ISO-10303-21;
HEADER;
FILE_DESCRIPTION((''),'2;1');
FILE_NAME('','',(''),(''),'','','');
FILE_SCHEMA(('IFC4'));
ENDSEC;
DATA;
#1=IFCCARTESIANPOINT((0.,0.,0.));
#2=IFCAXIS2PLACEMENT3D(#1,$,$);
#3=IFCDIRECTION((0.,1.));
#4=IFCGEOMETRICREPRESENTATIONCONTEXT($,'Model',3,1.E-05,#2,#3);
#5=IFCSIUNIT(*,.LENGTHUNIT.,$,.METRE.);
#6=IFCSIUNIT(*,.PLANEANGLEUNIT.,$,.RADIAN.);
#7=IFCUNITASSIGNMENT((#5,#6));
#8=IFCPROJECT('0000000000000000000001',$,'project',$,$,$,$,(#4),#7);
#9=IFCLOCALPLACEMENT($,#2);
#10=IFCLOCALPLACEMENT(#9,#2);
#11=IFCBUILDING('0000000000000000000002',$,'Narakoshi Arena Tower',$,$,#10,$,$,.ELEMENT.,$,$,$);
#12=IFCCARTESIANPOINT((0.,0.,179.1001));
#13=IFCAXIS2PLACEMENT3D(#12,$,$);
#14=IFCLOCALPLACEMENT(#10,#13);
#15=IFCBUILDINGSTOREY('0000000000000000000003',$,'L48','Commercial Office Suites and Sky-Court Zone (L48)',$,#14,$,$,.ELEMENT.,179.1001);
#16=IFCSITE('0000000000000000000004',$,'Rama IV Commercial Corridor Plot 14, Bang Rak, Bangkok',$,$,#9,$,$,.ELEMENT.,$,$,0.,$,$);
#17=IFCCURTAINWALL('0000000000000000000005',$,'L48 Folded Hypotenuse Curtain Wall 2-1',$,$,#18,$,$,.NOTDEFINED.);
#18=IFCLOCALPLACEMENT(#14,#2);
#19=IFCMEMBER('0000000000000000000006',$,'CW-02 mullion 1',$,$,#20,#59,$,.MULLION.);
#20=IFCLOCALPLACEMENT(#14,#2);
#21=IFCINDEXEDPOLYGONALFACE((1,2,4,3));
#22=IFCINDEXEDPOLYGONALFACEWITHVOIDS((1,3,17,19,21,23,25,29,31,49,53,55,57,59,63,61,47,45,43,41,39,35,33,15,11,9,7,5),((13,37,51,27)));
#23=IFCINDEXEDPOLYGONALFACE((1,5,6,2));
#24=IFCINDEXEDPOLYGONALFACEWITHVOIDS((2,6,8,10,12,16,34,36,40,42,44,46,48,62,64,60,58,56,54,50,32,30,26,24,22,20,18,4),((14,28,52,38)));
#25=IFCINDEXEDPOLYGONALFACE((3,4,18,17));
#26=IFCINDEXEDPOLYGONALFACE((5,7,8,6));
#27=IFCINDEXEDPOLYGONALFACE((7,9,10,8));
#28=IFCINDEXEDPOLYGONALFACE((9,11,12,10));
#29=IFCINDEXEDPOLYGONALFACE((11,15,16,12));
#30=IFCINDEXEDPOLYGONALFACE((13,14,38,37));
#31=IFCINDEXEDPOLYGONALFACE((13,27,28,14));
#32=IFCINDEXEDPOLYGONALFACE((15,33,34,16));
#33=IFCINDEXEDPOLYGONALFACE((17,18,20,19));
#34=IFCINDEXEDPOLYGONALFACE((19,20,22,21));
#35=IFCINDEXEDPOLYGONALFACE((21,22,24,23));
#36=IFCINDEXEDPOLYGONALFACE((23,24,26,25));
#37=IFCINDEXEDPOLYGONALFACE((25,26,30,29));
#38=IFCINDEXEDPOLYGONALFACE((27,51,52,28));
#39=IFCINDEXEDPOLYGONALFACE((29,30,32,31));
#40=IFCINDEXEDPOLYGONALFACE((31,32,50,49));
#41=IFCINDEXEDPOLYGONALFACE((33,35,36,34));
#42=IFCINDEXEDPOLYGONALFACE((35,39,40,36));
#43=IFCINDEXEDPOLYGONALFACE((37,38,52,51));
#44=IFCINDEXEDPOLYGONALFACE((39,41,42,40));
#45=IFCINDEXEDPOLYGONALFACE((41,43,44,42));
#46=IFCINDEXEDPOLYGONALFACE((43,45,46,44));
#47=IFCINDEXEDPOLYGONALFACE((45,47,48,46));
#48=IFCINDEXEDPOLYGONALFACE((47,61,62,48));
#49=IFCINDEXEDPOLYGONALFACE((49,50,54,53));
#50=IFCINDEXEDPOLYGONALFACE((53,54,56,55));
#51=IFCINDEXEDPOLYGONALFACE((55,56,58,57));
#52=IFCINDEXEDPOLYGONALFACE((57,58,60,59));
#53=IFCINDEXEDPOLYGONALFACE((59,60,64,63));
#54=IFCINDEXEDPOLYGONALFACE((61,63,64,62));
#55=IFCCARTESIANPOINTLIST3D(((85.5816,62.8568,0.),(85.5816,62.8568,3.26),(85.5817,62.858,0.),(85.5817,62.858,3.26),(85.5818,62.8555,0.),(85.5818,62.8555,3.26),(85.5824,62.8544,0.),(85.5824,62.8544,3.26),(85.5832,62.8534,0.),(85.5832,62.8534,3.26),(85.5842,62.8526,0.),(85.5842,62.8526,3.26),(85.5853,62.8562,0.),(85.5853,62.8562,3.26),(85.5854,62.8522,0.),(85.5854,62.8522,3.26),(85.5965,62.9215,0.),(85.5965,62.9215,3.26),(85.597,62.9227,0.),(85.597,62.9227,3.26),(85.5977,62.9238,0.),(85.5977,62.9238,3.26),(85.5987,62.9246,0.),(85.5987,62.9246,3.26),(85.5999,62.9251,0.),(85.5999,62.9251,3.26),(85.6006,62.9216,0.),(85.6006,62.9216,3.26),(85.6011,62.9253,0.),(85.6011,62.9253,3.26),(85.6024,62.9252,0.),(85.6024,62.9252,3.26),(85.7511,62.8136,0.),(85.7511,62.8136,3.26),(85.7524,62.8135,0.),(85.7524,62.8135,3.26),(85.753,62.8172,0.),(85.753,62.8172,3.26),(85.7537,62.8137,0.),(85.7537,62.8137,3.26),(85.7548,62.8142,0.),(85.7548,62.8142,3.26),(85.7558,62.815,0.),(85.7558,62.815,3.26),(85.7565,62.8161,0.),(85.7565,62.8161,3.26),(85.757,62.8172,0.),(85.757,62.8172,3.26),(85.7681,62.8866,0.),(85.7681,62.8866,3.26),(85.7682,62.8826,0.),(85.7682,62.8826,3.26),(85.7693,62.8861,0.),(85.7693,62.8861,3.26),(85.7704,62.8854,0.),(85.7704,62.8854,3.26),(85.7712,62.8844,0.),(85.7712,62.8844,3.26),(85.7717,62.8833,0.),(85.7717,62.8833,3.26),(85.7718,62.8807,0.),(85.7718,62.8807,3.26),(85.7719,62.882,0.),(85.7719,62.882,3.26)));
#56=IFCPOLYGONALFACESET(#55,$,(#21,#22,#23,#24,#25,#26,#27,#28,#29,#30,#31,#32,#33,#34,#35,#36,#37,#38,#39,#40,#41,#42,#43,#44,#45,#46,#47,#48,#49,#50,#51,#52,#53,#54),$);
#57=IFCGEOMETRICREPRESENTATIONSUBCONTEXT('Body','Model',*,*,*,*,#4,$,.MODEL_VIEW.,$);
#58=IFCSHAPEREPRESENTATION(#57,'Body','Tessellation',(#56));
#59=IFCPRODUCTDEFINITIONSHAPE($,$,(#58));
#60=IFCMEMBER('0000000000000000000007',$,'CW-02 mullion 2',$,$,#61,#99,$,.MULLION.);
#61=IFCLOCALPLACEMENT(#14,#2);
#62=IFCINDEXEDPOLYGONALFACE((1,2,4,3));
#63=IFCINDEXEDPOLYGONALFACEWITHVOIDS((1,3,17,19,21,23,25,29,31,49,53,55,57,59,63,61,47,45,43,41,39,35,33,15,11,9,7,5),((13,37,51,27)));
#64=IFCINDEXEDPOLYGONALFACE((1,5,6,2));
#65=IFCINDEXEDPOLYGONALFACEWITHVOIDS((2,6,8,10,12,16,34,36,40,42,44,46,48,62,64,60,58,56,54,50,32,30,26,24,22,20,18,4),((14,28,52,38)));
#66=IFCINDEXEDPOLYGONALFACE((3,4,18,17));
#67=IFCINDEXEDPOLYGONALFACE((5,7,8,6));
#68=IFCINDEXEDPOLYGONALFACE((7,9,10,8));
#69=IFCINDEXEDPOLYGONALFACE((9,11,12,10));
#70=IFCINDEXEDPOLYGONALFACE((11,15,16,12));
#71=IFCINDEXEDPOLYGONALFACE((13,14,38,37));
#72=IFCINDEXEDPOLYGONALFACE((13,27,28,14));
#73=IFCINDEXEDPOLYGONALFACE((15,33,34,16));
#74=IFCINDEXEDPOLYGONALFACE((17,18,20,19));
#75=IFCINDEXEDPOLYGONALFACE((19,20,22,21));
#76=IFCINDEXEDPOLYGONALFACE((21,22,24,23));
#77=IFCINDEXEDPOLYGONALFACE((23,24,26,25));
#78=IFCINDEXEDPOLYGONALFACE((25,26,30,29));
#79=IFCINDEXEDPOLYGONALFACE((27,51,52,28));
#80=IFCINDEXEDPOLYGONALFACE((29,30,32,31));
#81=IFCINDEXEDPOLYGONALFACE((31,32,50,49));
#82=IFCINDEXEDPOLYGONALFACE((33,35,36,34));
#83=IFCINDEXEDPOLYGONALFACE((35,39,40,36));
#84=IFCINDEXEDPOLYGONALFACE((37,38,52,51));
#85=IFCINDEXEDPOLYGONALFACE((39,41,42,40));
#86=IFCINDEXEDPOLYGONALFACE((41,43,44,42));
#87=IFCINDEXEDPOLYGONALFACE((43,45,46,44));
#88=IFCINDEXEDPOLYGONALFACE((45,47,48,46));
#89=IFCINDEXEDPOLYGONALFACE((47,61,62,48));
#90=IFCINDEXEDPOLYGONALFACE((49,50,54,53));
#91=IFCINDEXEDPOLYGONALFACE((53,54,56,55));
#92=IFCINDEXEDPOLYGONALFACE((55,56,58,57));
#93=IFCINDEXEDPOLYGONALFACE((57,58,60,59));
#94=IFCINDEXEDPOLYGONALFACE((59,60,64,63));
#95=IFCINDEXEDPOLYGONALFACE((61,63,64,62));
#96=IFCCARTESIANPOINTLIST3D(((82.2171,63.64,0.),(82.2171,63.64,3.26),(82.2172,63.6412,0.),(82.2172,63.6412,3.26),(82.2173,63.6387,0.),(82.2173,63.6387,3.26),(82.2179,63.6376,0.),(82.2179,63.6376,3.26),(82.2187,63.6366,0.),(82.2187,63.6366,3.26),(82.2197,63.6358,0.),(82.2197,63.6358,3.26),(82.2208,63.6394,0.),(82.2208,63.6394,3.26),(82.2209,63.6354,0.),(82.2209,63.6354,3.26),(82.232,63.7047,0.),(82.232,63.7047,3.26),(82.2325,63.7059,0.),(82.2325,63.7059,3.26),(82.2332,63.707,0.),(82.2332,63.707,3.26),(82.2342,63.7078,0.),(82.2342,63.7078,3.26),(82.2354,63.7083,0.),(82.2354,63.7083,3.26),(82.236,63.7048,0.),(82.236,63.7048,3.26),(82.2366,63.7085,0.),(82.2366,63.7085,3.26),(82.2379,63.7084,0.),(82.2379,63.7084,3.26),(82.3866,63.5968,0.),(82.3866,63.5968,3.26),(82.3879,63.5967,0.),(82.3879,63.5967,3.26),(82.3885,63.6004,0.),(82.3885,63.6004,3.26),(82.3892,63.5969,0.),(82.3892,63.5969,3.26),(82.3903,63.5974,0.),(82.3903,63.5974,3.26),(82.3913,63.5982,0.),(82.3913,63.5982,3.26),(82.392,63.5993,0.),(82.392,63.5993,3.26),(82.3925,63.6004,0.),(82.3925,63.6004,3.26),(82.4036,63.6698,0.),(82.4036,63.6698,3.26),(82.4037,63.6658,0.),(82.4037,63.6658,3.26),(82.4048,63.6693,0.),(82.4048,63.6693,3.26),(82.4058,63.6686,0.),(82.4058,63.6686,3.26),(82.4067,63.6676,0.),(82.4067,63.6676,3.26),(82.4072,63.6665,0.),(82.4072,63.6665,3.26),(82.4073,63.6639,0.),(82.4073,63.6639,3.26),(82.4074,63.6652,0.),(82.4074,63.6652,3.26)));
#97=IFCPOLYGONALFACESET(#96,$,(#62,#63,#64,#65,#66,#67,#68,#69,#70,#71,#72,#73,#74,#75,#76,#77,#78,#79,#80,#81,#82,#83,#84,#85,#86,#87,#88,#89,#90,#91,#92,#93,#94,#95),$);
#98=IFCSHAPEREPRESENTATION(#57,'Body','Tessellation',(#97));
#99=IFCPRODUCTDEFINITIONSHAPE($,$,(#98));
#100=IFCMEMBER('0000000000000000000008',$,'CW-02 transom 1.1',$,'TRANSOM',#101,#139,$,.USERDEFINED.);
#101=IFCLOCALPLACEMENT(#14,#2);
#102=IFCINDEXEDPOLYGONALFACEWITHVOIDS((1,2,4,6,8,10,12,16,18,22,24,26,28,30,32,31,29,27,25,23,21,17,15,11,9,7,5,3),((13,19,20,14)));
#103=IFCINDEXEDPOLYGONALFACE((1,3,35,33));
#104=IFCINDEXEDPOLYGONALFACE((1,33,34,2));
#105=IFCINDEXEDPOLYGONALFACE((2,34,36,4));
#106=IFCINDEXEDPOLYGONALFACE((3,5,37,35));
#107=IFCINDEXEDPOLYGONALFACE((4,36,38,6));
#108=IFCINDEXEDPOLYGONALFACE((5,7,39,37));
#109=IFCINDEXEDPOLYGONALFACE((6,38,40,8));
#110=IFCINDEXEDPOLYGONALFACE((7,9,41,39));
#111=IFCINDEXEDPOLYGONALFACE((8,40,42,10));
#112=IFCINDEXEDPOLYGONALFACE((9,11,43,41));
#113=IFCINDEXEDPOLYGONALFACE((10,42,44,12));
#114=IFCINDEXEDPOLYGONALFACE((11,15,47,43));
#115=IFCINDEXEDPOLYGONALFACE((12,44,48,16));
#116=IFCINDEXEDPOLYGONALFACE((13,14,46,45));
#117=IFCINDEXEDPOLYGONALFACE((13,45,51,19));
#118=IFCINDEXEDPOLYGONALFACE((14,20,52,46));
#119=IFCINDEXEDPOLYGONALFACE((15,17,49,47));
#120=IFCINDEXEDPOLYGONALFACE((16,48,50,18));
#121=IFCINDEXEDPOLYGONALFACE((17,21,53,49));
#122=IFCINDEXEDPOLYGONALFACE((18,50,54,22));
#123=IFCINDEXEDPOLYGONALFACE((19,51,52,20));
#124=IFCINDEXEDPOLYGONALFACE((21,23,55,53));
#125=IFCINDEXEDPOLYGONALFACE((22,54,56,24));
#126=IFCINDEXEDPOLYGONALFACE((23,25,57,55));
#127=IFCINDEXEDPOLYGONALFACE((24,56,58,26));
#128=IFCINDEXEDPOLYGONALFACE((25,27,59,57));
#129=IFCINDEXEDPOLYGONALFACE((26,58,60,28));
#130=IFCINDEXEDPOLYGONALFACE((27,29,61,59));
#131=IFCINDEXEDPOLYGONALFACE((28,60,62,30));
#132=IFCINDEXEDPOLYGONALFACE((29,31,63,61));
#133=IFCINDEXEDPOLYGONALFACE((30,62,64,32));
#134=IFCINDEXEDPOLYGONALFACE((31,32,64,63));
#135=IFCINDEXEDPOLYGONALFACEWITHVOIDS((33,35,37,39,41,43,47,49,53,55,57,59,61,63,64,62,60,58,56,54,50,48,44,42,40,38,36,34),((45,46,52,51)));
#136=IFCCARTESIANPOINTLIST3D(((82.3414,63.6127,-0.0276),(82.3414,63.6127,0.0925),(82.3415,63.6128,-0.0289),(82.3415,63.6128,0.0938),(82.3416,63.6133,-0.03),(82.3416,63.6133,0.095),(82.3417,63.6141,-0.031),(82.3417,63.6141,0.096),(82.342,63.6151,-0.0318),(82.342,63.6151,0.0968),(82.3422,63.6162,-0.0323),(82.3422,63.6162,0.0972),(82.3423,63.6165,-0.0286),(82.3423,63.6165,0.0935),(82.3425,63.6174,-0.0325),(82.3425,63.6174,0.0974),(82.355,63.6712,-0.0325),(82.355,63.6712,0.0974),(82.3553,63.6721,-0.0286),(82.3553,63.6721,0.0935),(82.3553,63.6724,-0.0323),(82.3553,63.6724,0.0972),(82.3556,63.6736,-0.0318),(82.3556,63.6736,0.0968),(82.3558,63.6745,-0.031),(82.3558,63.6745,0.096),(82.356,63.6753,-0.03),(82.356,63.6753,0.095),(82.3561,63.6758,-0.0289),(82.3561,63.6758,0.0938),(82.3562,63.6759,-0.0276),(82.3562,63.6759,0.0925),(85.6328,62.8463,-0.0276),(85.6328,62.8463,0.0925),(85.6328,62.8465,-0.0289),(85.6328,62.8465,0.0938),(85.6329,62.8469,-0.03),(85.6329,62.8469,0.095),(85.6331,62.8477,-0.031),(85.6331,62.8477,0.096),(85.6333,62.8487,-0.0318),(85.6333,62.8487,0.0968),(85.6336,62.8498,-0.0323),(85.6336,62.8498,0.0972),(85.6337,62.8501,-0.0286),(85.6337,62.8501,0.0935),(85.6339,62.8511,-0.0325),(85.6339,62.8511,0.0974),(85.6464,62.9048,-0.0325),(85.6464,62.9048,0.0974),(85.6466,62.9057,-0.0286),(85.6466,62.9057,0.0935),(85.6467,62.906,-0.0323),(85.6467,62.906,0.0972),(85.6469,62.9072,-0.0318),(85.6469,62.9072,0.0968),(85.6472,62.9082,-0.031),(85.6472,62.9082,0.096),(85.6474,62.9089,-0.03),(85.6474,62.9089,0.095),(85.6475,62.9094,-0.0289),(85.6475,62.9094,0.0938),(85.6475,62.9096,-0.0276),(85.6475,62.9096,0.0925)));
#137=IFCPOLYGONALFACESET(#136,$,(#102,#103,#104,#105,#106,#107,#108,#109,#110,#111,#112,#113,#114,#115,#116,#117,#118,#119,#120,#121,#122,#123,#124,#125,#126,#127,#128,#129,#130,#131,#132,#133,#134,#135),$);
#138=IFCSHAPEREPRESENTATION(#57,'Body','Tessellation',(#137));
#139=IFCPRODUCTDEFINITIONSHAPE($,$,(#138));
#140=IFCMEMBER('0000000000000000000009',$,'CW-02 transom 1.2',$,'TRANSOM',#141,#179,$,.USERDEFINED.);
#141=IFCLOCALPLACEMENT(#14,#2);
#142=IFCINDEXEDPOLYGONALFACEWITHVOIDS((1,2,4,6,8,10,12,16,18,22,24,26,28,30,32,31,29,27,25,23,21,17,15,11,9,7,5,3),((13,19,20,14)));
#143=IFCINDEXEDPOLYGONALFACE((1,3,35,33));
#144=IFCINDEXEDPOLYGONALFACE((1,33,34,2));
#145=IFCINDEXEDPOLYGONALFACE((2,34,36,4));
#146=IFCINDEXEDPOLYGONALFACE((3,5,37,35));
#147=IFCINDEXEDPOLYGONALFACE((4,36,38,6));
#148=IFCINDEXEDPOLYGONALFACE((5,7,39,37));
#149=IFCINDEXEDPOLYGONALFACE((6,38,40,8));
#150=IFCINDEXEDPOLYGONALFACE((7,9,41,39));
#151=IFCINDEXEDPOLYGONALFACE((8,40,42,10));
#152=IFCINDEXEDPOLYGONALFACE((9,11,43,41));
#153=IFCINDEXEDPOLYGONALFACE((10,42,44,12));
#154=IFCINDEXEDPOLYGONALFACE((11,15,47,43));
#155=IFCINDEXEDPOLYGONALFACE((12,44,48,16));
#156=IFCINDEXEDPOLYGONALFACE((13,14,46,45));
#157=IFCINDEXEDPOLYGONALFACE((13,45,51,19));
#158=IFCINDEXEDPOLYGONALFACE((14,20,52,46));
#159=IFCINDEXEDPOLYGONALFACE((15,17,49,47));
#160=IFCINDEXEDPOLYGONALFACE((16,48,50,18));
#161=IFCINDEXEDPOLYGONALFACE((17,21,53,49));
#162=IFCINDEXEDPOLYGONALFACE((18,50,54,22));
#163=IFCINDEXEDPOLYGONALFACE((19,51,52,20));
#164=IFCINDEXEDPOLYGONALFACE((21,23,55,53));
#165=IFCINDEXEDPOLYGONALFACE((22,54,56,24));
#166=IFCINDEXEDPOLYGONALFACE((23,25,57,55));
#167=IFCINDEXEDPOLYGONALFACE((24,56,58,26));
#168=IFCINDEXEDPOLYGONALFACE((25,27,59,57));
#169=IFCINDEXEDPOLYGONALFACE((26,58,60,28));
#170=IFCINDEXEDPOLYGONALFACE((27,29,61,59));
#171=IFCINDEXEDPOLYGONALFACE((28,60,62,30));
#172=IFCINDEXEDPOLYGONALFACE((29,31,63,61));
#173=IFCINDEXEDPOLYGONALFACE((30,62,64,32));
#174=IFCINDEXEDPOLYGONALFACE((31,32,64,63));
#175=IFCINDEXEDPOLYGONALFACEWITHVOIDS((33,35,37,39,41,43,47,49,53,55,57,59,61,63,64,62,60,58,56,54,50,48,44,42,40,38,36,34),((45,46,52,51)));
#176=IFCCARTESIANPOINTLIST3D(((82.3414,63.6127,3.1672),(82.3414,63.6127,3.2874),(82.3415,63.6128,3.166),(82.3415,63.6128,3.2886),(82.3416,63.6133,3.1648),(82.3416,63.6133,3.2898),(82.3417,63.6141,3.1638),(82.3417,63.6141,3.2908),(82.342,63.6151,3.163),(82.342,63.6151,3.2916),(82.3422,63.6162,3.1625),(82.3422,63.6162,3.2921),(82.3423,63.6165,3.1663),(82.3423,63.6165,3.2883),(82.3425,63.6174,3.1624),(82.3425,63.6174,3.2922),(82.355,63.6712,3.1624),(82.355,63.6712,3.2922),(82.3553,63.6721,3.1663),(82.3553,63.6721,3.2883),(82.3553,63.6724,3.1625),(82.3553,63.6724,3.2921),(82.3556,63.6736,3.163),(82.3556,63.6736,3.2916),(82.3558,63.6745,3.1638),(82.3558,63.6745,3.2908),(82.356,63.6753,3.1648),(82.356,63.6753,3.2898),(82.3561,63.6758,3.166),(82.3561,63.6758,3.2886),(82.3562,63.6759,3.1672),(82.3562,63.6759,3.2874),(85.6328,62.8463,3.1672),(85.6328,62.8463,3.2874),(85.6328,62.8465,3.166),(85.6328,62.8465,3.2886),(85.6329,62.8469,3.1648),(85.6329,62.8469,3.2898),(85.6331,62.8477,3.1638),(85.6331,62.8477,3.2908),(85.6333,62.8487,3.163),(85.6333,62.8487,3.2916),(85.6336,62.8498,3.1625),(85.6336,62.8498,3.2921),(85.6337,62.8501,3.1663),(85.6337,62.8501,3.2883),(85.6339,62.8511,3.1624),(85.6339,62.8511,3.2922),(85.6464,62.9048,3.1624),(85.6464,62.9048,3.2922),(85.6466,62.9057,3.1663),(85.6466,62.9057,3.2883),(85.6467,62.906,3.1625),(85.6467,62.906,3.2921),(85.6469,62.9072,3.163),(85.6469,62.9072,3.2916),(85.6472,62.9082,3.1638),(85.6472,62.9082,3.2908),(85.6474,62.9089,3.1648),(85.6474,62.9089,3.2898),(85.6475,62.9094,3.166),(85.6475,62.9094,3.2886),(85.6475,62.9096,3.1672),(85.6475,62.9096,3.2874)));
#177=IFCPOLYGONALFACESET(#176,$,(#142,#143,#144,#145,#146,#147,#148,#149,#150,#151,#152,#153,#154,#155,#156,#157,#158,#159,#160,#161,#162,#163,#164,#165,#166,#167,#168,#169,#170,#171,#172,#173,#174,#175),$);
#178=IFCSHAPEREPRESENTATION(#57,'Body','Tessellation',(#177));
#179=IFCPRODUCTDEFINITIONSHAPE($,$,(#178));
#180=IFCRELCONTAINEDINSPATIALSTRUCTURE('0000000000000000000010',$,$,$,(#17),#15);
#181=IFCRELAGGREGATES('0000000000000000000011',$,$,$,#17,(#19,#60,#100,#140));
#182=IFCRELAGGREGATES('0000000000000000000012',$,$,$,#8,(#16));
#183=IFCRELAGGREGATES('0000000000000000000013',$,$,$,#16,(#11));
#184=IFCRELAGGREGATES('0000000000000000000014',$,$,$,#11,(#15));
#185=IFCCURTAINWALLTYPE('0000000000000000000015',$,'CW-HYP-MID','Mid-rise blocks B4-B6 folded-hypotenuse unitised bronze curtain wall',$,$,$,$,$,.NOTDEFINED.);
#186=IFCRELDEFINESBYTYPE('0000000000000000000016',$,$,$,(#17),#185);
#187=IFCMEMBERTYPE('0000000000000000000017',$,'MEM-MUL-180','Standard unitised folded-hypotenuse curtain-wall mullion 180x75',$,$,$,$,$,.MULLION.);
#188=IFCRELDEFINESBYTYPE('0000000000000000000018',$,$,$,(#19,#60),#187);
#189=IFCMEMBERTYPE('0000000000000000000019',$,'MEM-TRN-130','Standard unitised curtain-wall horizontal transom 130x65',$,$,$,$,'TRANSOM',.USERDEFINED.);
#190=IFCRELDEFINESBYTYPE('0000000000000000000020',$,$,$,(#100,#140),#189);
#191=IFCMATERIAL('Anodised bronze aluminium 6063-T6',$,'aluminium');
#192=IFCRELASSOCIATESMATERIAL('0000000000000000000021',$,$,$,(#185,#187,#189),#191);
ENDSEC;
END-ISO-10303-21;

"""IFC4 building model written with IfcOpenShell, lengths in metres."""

from ifc_helpers import new_model, si_unit, direction, frame, origin, origin_2d, place, context, subcontext, project, spatial, hollow_rectangle, extrude, material, material_profile, profile_set, type_object, element, aggregate, save


model = new_model("IFC4")

# Units and contexts
model_context = context("Model", 3, precision=1e-05, world=origin(), true_north=direction((0.0, 1.0)))
body_context = subcontext(model_context, "Body", "Model", "MODEL_VIEW")
ifc_project = project(units=[si_unit("LENGTHUNIT", "METRE"), si_unit("PLANEANGLEUNIT", "RADIAN")], contexts=[model_context])

# Site, building, storey
site_placement = place(None, origin())
site = spatial("IfcSite", under=ifc_project, at=site_placement, Name="Rama IV Commercial Corridor Plot 14, Bang Rak, Bangkok", CompositionType="ELEMENT", RefElevation=0.0)
building_placement = place(site_placement, origin())
building = spatial("IfcBuilding", under=site, at=building_placement, Name="Narakoshi Arena Tower", CompositionType="ELEMENT")
storey_placement = place(building_placement, frame((0.0, 0.0, 179.1001)))
storey = spatial("IfcBuildingStorey", under=building, at=storey_placement, Name="L48", Description="Commercial Office Suites and Sky-Court Zone (L48)", CompositionType="ELEMENT", Elevation=179.1001)

# Shared definitions
ifc_material_1 = material(Name="Anodised bronze aluminium 6063-T6", Category="aluminium")
curtain_wall_type = type_object("IfcCurtainWallType", Name="CW-HYP-MID", Description="Mid-rise blocks B4-B6 folded-hypotenuse unitised bronze curtain wall", PredefinedType="NOTDEFINED", material=ifc_material_1)
ifc_material_profile_1 = material_profile(ifc_material_1, hollow_rectangle(XDim=0.075, YDim=0.1799, WallThickness=0.0039, OuterFilletRadius=0.0049, at=origin_2d()), Name="MUL180x75x4")
ifc_profile_set_1 = profile_set([ifc_material_profile_1], Name="Anodised bronze aluminium 6063-T6")
member_type_1 = type_object("IfcMemberType", Name="MEM-MUL-180", Description="Standard unitised folded-hypotenuse curtain-wall mullion 180x75", PredefinedType="MULLION", material=ifc_profile_set_1)

# Curtain wall, members
curtain_wall_1_placement = place(storey_placement, origin())
curtain_wall_1 = element("IfcCurtainWall", 1, at=curtain_wall_1_placement, inside=storey, type_object=curtain_wall_type, Name="L48 Folded Hypotenuse Curtain Wall 2-1", PredefinedType="NOTDEFINED")
member_1_placement = place(storey_placement, frame((85.6768, 62.8694, 0.0), z_axis=(0.0, 0.0, 1.0), x_axis=(-0.226721, -0.97396, 0.0)))
member_1 = element("IfcMember", 2, at=member_1_placement, type_object=member_type_1, Name="CW-02 mullion 1", PredefinedType="MULLION", context=body_context, shape_type="SweptSolid", body=[
    extrude(hollow_rectangle(XDim=0.075, YDim=0.1799, WallThickness=0.0039, OuterFilletRadius=0.0049, at=origin_2d()), origin(), (0.0, 0.0, 1.0), 3.26),
])
member_2_placement = place(storey_placement, frame((82.3123, 63.6526, 0.0), z_axis=(0.0, 0.0, 1.0), x_axis=(-0.226721, -0.97396, 0.0)))
member_2 = element("IfcMember", 3, at=member_2_placement, type_object=member_type_1, Name="CW-02 mullion 2", PredefinedType="MULLION", context=body_context, shape_type="SweptSolid", body=[
    extrude(hollow_rectangle(XDim=0.075, YDim=0.1799, WallThickness=0.0039, OuterFilletRadius=0.0049, at=origin_2d()), origin(), (0.0, 0.0, 1.0), 3.26),
])
ifc_material_profile_2 = material_profile(ifc_material_1, hollow_rectangle(XDim=0.0649, YDim=0.1299, WallThickness=0.0039, OuterFilletRadius=0.0049, at=origin_2d()), Name="TRN130x65x4")
ifc_profile_set_2 = profile_set([ifc_material_profile_2], Name="Anodised bronze aluminium 6063-T6")
member_type_2 = type_object("IfcMemberType", Name="MEM-TRN-130", Description="Standard unitised curtain-wall horizontal transom 130x65", ElementType="TRANSOM", PredefinedType="USERDEFINED", material=ifc_profile_set_2)
member_3_placement = place(storey_placement, frame((85.6401, 62.8779, 0.0325), z_axis=(-0.973946, 0.22678, 0.0), x_axis=(-0.22678, -0.973946, 0.0)))
member_3 = element("IfcMember", 4, at=member_3_placement, type_object=member_type_2, Name="CW-02 transom 1.1", ObjectType="TRANSOM", PredefinedType="USERDEFINED", context=body_context, shape_type="SweptSolid", body=[
    extrude(hollow_rectangle(XDim=0.0649, YDim=0.1299, WallThickness=0.0039, OuterFilletRadius=0.0049, at=origin_2d()), origin(), (0.0, 0.0, 1.0), 3.3794),
])
member_4_placement = place(storey_placement, frame((85.6401, 62.8779, 3.2273), z_axis=(-0.973946, 0.22678, 0.0), x_axis=(-0.22678, -0.973946, 0.0)))
member_4 = element("IfcMember", 5, at=member_4_placement, type_object=member_type_2, Name="CW-02 transom 1.2", ObjectType="TRANSOM", PredefinedType="USERDEFINED", context=body_context, shape_type="SweptSolid", body=[
    extrude(hollow_rectangle(XDim=0.0649, YDim=0.1299, WallThickness=0.0039, OuterFilletRadius=0.0049, at=origin_2d()), origin(), (0.0, 0.0, 1.0), 3.3794),
])
aggregate(curtain_wall_1, [member_1, member_2, member_3, member_4])

save(model, "model.ifc")
